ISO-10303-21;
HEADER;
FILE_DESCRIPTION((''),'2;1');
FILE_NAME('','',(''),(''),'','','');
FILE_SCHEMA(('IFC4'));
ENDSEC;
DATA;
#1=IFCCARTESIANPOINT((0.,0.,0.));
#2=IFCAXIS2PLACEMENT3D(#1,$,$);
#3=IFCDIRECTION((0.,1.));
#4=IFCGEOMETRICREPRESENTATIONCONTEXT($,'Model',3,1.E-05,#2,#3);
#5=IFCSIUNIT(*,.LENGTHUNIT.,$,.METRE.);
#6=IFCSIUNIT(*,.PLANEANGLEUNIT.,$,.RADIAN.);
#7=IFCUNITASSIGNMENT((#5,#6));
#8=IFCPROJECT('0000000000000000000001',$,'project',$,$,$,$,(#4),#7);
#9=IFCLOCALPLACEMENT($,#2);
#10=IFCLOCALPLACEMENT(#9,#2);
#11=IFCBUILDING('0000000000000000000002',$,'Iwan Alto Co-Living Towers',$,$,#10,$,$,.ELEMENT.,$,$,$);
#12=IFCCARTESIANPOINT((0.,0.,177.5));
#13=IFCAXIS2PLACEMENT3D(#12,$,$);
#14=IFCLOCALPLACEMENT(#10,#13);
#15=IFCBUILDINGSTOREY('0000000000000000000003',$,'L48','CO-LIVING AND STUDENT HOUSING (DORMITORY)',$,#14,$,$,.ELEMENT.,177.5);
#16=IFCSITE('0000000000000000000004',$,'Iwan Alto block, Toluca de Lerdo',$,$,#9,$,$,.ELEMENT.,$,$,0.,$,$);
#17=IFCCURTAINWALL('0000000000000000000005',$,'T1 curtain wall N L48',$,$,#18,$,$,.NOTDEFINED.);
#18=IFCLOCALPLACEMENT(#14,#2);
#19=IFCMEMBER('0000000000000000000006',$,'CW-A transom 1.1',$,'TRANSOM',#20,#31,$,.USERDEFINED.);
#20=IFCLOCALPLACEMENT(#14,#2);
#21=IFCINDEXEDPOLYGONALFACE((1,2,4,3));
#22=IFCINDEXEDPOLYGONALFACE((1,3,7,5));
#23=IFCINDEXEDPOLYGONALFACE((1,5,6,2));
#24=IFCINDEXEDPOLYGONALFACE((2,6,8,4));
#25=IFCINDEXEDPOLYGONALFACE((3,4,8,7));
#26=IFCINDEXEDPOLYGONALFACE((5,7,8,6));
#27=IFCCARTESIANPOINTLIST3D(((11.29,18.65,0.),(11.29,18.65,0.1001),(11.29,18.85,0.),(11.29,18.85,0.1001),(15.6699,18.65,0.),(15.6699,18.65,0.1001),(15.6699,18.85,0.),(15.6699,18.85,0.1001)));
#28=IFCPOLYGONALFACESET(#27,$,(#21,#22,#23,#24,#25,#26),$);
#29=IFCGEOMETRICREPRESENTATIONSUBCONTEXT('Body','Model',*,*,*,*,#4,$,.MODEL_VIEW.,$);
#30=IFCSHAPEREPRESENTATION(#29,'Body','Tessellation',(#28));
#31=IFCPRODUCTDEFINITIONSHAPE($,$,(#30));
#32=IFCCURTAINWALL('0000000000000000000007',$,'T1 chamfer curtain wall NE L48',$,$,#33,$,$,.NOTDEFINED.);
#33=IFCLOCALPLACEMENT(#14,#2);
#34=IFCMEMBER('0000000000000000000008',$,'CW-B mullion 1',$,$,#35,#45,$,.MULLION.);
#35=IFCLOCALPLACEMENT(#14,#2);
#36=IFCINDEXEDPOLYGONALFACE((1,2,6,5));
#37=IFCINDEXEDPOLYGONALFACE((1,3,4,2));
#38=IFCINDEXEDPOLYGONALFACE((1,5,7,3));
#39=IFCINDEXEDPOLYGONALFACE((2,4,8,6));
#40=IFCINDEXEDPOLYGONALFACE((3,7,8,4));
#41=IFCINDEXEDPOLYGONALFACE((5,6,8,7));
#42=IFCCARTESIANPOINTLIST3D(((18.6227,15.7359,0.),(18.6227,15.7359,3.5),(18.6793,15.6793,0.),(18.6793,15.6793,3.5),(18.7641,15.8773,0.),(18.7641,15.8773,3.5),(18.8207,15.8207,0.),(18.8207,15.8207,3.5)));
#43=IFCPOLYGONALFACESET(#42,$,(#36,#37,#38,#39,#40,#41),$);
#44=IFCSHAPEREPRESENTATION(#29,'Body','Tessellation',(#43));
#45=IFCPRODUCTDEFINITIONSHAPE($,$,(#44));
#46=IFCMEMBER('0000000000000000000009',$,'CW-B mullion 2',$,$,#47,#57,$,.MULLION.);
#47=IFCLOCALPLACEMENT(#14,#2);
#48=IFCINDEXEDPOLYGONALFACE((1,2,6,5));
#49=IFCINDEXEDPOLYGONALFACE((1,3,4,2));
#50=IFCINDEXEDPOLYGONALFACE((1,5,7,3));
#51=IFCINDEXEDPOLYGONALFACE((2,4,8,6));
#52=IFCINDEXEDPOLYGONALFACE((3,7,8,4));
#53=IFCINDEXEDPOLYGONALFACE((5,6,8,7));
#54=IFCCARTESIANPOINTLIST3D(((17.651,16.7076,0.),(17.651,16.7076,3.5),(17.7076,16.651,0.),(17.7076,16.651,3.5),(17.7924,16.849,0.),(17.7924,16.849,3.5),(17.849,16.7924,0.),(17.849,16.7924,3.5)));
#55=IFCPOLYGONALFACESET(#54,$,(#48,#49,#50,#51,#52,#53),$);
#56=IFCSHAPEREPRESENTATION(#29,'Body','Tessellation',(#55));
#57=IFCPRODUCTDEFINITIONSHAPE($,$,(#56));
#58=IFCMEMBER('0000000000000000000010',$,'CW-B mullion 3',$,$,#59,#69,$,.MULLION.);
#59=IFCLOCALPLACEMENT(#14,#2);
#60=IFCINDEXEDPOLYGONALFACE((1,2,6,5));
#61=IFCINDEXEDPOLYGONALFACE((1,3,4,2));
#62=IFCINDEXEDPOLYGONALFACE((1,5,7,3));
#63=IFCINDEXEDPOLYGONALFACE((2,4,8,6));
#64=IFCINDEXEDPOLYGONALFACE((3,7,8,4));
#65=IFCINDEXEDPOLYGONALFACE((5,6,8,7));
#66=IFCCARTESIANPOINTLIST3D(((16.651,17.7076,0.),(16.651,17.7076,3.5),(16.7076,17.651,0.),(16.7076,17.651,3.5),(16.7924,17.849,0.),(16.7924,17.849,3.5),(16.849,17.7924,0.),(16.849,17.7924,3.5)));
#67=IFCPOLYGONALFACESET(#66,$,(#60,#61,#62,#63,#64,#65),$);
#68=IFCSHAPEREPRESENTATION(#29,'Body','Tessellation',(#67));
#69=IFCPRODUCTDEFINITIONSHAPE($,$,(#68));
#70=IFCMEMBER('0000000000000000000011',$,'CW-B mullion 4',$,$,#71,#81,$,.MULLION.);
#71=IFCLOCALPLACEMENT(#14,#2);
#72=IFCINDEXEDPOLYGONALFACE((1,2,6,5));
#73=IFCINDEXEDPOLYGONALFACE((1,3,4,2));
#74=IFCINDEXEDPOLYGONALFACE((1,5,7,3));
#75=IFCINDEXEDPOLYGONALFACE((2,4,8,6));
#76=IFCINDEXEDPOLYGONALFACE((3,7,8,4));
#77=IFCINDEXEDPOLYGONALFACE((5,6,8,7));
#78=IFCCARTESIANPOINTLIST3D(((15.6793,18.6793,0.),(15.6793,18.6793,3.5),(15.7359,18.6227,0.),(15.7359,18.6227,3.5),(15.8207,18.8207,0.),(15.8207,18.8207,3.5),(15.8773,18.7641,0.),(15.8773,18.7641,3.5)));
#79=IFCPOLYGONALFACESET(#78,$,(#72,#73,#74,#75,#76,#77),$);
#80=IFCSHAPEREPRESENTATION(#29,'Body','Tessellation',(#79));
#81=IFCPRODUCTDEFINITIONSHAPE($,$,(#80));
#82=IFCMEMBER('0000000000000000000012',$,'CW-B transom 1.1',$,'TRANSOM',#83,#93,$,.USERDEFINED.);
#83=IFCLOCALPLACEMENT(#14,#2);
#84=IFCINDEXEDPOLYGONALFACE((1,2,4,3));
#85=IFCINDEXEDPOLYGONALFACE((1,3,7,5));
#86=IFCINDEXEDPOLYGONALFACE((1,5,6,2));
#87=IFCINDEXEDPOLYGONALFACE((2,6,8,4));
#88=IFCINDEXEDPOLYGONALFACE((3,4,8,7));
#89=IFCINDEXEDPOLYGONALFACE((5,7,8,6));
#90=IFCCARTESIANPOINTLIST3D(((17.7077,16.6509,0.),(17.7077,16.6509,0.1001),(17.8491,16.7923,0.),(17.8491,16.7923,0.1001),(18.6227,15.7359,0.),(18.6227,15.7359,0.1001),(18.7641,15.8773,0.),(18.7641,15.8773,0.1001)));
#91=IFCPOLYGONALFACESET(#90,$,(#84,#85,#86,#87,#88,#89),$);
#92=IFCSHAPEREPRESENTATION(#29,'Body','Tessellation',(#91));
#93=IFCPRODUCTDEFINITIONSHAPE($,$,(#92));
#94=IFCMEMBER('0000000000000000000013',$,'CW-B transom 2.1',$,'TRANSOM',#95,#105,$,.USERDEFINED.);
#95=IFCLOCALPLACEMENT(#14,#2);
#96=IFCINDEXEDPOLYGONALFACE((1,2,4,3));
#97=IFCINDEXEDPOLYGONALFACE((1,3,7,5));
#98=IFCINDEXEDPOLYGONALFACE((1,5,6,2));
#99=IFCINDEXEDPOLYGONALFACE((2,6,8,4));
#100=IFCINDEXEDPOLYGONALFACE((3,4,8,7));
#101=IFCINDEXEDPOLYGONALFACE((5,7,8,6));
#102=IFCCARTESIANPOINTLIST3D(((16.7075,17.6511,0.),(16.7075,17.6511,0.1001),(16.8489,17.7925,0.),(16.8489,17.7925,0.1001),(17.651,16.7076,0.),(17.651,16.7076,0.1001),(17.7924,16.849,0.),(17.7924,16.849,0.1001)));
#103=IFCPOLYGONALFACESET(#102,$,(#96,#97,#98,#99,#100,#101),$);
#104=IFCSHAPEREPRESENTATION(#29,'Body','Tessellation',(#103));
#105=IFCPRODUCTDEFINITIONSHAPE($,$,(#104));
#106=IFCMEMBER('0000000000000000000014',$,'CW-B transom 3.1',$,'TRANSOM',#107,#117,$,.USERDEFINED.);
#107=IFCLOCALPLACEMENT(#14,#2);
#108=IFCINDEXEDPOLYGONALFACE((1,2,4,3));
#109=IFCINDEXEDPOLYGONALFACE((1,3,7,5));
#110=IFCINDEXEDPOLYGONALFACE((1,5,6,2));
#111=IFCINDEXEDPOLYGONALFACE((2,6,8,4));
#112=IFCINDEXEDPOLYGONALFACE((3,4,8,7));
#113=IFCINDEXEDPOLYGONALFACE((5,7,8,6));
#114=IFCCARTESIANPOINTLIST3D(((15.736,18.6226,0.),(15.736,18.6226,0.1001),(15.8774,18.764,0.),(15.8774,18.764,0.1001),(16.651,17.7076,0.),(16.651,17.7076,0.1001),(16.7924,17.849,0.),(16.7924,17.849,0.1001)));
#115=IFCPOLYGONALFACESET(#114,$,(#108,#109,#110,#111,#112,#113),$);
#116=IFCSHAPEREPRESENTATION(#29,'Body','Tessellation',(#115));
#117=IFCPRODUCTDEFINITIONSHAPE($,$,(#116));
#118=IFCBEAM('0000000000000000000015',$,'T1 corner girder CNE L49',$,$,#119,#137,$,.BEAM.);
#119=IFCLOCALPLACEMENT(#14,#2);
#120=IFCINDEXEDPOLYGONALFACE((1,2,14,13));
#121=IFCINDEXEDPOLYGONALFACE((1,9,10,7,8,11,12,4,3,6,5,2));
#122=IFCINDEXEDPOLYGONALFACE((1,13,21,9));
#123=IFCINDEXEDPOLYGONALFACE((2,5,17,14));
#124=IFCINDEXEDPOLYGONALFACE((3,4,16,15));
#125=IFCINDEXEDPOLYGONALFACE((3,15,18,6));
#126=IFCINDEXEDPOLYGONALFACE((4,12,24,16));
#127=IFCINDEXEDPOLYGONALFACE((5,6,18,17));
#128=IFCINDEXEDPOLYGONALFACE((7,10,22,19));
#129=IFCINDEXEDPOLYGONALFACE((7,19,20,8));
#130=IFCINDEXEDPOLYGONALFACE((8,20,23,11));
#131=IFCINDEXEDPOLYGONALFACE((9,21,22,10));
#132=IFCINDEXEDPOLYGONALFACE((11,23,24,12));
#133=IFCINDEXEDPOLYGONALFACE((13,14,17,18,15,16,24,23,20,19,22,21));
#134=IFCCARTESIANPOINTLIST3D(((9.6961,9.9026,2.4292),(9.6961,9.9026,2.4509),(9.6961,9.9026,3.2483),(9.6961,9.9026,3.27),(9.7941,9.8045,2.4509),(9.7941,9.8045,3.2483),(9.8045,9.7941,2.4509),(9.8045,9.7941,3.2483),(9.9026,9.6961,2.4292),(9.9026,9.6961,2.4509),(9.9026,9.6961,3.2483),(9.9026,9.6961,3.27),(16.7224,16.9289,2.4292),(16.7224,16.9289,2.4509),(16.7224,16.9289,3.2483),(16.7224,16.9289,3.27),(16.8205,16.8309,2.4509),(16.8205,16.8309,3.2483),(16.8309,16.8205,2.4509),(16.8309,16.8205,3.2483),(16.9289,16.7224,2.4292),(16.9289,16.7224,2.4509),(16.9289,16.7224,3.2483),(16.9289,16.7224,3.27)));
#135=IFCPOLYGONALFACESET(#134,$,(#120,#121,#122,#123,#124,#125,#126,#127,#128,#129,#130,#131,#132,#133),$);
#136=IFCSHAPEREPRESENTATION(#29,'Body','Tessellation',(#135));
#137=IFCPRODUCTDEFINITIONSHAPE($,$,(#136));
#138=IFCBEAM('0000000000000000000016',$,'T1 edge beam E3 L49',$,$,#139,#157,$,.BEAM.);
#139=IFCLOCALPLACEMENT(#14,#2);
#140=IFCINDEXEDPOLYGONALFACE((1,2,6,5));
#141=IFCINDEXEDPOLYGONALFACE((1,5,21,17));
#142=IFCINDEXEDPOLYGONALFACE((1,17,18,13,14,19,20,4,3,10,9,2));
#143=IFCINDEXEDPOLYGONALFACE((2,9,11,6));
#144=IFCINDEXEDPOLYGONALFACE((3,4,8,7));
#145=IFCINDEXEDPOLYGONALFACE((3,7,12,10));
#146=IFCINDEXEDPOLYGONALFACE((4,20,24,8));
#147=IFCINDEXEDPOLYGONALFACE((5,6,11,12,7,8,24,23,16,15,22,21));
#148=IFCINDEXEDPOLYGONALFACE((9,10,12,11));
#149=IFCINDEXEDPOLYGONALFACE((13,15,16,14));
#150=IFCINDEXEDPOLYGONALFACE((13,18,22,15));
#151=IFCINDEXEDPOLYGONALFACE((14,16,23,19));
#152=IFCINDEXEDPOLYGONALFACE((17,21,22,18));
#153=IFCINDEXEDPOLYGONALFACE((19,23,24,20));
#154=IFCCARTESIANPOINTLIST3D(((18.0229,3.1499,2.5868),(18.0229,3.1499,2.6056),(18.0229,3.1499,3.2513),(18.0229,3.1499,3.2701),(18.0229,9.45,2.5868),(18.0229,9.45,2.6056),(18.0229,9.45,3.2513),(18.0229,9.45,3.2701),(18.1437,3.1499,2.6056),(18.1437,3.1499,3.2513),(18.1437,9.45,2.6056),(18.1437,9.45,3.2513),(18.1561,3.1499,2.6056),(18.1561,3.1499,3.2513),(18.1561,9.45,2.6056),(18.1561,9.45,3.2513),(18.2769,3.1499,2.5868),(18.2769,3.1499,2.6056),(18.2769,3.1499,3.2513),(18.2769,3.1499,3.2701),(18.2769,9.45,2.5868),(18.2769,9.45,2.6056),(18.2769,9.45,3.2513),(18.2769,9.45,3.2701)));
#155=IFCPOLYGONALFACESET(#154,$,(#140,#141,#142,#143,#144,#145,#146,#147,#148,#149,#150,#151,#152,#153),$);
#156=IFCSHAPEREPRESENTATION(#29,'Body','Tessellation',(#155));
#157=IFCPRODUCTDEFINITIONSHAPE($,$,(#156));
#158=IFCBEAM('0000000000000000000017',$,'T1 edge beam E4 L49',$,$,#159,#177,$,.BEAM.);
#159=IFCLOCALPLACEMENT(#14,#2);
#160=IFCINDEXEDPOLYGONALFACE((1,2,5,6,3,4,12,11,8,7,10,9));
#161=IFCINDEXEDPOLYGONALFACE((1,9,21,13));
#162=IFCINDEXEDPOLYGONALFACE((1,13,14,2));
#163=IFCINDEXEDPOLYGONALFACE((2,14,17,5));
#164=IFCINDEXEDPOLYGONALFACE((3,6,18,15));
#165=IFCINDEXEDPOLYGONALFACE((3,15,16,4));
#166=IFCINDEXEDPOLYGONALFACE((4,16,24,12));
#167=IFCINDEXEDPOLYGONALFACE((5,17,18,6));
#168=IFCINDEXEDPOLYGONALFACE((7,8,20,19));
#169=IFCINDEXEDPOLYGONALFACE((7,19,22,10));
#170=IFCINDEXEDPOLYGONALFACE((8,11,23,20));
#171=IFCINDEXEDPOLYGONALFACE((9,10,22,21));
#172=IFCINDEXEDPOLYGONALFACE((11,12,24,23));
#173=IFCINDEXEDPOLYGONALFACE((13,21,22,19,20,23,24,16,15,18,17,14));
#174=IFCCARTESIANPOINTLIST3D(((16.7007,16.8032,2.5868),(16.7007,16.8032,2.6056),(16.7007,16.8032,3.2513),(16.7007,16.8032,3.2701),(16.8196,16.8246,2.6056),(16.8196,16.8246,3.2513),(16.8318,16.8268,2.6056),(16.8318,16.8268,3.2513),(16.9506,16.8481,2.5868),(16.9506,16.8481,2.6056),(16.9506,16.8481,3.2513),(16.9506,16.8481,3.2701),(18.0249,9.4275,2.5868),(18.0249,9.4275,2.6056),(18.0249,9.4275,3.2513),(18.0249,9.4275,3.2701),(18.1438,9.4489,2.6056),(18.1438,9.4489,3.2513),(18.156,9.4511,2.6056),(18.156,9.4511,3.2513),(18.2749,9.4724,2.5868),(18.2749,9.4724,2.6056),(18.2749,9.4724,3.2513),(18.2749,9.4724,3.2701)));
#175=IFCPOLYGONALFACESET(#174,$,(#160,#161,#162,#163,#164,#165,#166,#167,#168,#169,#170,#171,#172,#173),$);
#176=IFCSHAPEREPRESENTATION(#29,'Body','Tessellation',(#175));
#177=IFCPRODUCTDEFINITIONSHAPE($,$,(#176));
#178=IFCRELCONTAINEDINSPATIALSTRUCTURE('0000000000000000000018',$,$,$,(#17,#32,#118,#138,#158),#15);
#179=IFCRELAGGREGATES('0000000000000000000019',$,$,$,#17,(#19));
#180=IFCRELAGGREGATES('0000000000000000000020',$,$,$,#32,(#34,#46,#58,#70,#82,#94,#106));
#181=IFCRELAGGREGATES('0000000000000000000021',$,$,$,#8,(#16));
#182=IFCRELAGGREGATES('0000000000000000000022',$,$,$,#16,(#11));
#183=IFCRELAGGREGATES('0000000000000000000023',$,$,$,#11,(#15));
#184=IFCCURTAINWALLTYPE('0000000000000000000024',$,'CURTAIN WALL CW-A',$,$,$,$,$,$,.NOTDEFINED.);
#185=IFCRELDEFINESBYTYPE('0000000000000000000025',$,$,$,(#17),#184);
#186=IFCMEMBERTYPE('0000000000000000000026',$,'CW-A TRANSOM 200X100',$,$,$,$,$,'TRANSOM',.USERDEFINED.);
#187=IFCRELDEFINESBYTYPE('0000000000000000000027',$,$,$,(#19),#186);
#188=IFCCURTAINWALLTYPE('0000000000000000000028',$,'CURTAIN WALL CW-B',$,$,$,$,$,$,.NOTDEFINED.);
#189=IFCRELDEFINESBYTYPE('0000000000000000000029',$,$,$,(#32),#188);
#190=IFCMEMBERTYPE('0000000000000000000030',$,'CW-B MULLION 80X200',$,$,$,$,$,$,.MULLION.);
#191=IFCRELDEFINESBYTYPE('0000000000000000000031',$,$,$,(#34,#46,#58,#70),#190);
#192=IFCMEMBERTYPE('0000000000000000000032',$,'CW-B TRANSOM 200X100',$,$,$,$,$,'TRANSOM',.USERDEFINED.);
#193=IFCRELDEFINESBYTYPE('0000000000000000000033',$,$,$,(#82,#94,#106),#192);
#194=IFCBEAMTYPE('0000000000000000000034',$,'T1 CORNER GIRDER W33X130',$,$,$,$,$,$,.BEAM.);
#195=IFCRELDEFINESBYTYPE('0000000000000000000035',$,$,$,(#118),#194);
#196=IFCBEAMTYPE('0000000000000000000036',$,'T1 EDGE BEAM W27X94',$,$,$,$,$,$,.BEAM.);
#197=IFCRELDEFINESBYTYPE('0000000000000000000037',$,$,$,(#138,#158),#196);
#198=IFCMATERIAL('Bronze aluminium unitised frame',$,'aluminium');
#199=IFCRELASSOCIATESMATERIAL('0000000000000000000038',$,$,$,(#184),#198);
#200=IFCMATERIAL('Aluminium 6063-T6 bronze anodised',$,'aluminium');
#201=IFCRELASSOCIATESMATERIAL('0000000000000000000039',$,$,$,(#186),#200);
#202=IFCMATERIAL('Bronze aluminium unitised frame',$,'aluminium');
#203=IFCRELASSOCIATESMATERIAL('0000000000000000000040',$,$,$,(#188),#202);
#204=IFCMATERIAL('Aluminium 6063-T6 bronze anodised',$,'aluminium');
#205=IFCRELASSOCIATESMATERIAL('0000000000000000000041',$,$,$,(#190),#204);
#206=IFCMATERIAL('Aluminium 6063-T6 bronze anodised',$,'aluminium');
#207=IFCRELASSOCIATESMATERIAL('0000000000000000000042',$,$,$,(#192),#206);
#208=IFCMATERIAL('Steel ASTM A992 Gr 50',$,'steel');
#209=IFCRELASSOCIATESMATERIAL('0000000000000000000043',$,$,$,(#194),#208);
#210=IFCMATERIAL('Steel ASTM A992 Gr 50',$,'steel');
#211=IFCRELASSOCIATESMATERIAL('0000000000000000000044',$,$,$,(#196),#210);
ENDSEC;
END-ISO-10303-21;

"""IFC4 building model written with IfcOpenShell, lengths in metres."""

from ifc_helpers import new_model, si_unit, direction, frame, origin, origin_2d, place, context, subcontext, project, spatial, rectangle, i_section, extrude, material, material_profile, profile_set, type_object, element, aggregate, save


model = new_model("IFC4")

# Units and contexts
model_context = context("Model", 3, precision=1e-05, world=origin(), true_north=direction((0.0, 1.0)))
body_context = subcontext(model_context, "Body", "Model", "MODEL_VIEW")
ifc_project = project(units=[si_unit("LENGTHUNIT", "METRE"), si_unit("PLANEANGLEUNIT", "RADIAN")], contexts=[model_context])

# Site, building, storey
site_placement = place(None, origin())
site = spatial("IfcSite", under=ifc_project, at=site_placement, Name="Iwan Alto block, Toluca de Lerdo", CompositionType="ELEMENT", RefElevation=0.0)
building_placement = place(site_placement, origin())
building = spatial("IfcBuilding", under=site, at=building_placement, Name="Iwan Alto Co-Living Towers", CompositionType="ELEMENT")
storey_placement = place(building_placement, frame((0.0, 0.0, 177.5)))
storey = spatial("IfcBuildingStorey", under=building, at=storey_placement, Name="L48", Description="CO-LIVING AND STUDENT HOUSING (DORMITORY)", CompositionType="ELEMENT", Elevation=177.5)

# Shared definitions
ifc_material_1 = material(Name="Bronze aluminium unitised frame", Category="aluminium")
curtain_wall_type_1 = type_object("IfcCurtainWallType", Name="CURTAIN WALL CW-A", PredefinedType="NOTDEFINED", material=ifc_material_1)

# Curtain wall
curtain_wall_1_placement = place(storey_placement, origin())
curtain_wall_1 = element("IfcCurtainWall", 1, at=curtain_wall_1_placement, inside=storey, type_object=curtain_wall_type_1, Name="T1 curtain wall N L48", PredefinedType="NOTDEFINED")

# Member
ifc_material_2 = material(Name="Aluminium 6063-T6 bronze anodised", Category="aluminium")
ifc_material_profile_1 = material_profile(ifc_material_2, rectangle(XDim=0.2, YDim=0.1001, at=origin_2d()), Name="AL 200X100")
ifc_profile_set_1 = profile_set([ifc_material_profile_1], Name="Aluminium 6063-T6 bronze anodised")
member_type_1 = type_object("IfcMemberType", Name="CW-A TRANSOM 200X100", ElementType="TRANSOM", PredefinedType="USERDEFINED", material=ifc_profile_set_1)
member_1_placement = place(storey_placement, frame((15.6699, 18.75, 0.05), z_axis=(-1.0, 0.0, 0.0), x_axis=(0.0, -1.0, 0.0)))
member_1 = element("IfcMember", 2, at=member_1_placement, type_object=member_type_1, Name="CW-A transom 1.1", ObjectType="TRANSOM", PredefinedType="USERDEFINED", context=body_context, shape_type="SweptSolid", body=[
    extrude(rectangle(XDim=0.2, YDim=0.1001, at=origin_2d()), origin(), (0.0, 0.0, 1.0), 4.3799),
])

# Curtain wall, members
ifc_material_3 = material(Name="Bronze aluminium unitised frame", Category="aluminium")
curtain_wall_type_2 = type_object("IfcCurtainWallType", Name="CURTAIN WALL CW-B", PredefinedType="NOTDEFINED", material=ifc_material_3)
curtain_wall_2_placement = place(storey_placement, origin())
curtain_wall_2 = element("IfcCurtainWall", 3, at=curtain_wall_2_placement, inside=storey, type_object=curtain_wall_type_2, Name="T1 chamfer curtain wall NE L48", PredefinedType="NOTDEFINED")
ifc_material_4 = material(Name="Aluminium 6063-T6 bronze anodised", Category="aluminium")
ifc_material_profile_2 = material_profile(ifc_material_4, rectangle(XDim=0.2, YDim=0.0801, at=origin_2d()), Name="AL 80X200")
ifc_profile_set_2 = profile_set([ifc_material_profile_2], Name="Aluminium 6063-T6 bronze anodised")
member_type_2 = type_object("IfcMemberType", Name="CW-B MULLION 80X200", PredefinedType="MULLION", material=ifc_profile_set_2)
member_2_placement = place(storey_placement, frame((18.7217, 15.7783, 0.0), z_axis=(0.0, 0.0, 1.0), x_axis=(-0.707107, -0.707107, 0.0)))
member_2 = element("IfcMember", 4, at=member_2_placement, type_object=member_type_2, Name="CW-B mullion 1", PredefinedType="MULLION", context=body_context, shape_type="SweptSolid", body=[
    extrude(rectangle(XDim=0.2, YDim=0.0801, at=origin_2d()), origin(), (0.0, 0.0, 1.0), 3.5),
])
member_3_placement = place(storey_placement, frame((17.75, 16.75, 0.0), z_axis=(0.0, 0.0, 1.0), x_axis=(-0.707107, -0.707107, 0.0)))
member_3 = element("IfcMember", 5, at=member_3_placement, type_object=member_type_2, Name="CW-B mullion 2", PredefinedType="MULLION", context=body_context, shape_type="SweptSolid", body=[
    extrude(rectangle(XDim=0.2, YDim=0.0801, at=origin_2d()), origin(), (0.0, 0.0, 1.0), 3.5),
])
member_4_placement = place(storey_placement, frame((16.75, 17.75, 0.0), z_axis=(0.0, 0.0, 1.0), x_axis=(-0.707107, -0.707107, 0.0)))
member_4 = element("IfcMember", 6, at=member_4_placement, type_object=member_type_2, Name="CW-B mullion 3", PredefinedType="MULLION", context=body_context, shape_type="SweptSolid", body=[
    extrude(rectangle(XDim=0.2, YDim=0.0801, at=origin_2d()), origin(), (0.0, 0.0, 1.0), 3.5),
])
member_5_placement = place(storey_placement, frame((15.7783, 18.7217, 0.0), z_axis=(0.0, 0.0, 1.0), x_axis=(-0.707107, -0.707107, 0.0)))
member_5 = element("IfcMember", 7, at=member_5_placement, type_object=member_type_2, Name="CW-B mullion 4", PredefinedType="MULLION", context=body_context, shape_type="SweptSolid", body=[
    extrude(rectangle(XDim=0.2, YDim=0.0801, at=origin_2d()), origin(), (0.0, 0.0, 1.0), 3.5),
])
ifc_material_5 = material(Name="Aluminium 6063-T6 bronze anodised", Category="aluminium")
ifc_material_profile_3 = material_profile(ifc_material_5, rectangle(XDim=0.2, YDim=0.1001, at=origin_2d()), Name="AL 200X100")
ifc_profile_set_3 = profile_set([ifc_material_profile_3], Name="Aluminium 6063-T6 bronze anodised")
member_type_3 = type_object("IfcMemberType", Name="CW-B TRANSOM 200X100", ElementType="TRANSOM", PredefinedType="USERDEFINED", material=ifc_profile_set_3)
member_6_placement = place(storey_placement, frame((18.6934, 15.8066, 0.05), z_axis=(-0.707107, 0.707107, 0.0), x_axis=(-0.707107, -0.707107, 0.0)))
member_6 = element("IfcMember", 8, at=member_6_placement, type_object=member_type_3, Name="CW-B transom 1.1", ObjectType="TRANSOM", PredefinedType="USERDEFINED", context=body_context, shape_type="SweptSolid", body=[
    extrude(rectangle(XDim=0.2, YDim=0.1001, at=origin_2d()), origin(), (0.0, 0.0, 1.0), 1.2939),
])
member_7_placement = place(storey_placement, frame((17.7217, 16.7783, 0.05), z_axis=(-0.707107, 0.707107, 0.0), x_axis=(-0.707107, -0.707107, 0.0)))
member_7 = element("IfcMember", 9, at=member_7_placement, type_object=member_type_3, Name="CW-B transom 2.1", ObjectType="TRANSOM", PredefinedType="USERDEFINED", context=body_context, shape_type="SweptSolid", body=[
    extrude(rectangle(XDim=0.2, YDim=0.1001, at=origin_2d()), origin(), (0.0, 0.0, 1.0), 1.3342),
])
member_8_placement = place(storey_placement, frame((16.7217, 17.7783, 0.05), z_axis=(-0.707107, 0.707107, 0.0), x_axis=(-0.707107, -0.707107, 0.0)))
member_8 = element("IfcMember", 10, at=member_8_placement, type_object=member_type_3, Name="CW-B transom 3.1", ObjectType="TRANSOM", PredefinedType="USERDEFINED", context=body_context, shape_type="SweptSolid", body=[
    extrude(rectangle(XDim=0.2, YDim=0.1001, at=origin_2d()), origin(), (0.0, 0.0, 1.0), 1.2939),
])

# Beams
ifc_material_6 = material(Name="Steel ASTM A992 Gr 50", Category="steel")
ifc_material_profile_4 = material_profile(ifc_material_6, i_section(OverallWidth=0.292, OverallDepth=0.8408, WebThickness=0.0146, FlangeThickness=0.0217, at=origin_2d()), Name="W33X130")
ifc_profile_set_4 = profile_set([ifc_material_profile_4], Name="Steel ASTM A992 Gr 50")
beam_type_1 = type_object("IfcBeamType", Name="T1 CORNER GIRDER W33X130", PredefinedType="BEAM", material=ifc_profile_set_4)
beam_1_placement = place(storey_placement, frame((16.8257, 16.8257, 2.8496), z_axis=(-0.707107, -0.707107, 0.0), x_axis=(0.707107, -0.707107, 0.0)))
element("IfcBeam", 11, at=beam_1_placement, inside=storey, type_object=beam_type_1, Name="T1 corner girder CNE L49", PredefinedType="BEAM", context=body_context, shape_type="SweptSolid", body=[
    extrude(i_section(OverallWidth=0.292, OverallDepth=0.8408, WebThickness=0.0146, FlangeThickness=0.0217, at=origin_2d()), origin(), (0.0, 0.0, 1.0), 9.9368),
])
ifc_material_7 = material(Name="Steel ASTM A992 Gr 50", Category="steel")
ifc_material_profile_5 = material_profile(ifc_material_7, i_section(OverallWidth=0.2539, OverallDepth=0.6833, WebThickness=0.0125, FlangeThickness=0.0188, at=origin_2d()), Name="W27X94")
ifc_profile_set_5 = profile_set([ifc_material_profile_5], Name="Steel ASTM A992 Gr 50")
beam_type_2 = type_object("IfcBeamType", Name="T1 EDGE BEAM W27X94", PredefinedType="BEAM", material=ifc_profile_set_5)
beam_2_placement = place(storey_placement, frame((18.1499, 3.1499, 2.9285), z_axis=(0.0, 1.0, 0.0), x_axis=(-1.0, 0.0, 0.0)))
element("IfcBeam", 12, at=beam_2_placement, inside=storey, type_object=beam_type_2, Name="T1 edge beam E3 L49", PredefinedType="BEAM", context=body_context, shape_type="SweptSolid", body=[
    extrude(i_section(OverallWidth=0.2539, OverallDepth=0.6833, WebThickness=0.0125, FlangeThickness=0.0188, at=origin_2d()), origin(), (0.0, 0.0, 1.0), 6.3),
])
for number, where, z_axis, x_axis, name in (
    (13, (18.1499, 9.45, 2.9285), (-0.176712, 0.984263, 0.0), (-0.984263, -0.176712, 0.0), "T1 edge beam E4 L49"),
):
    element("IfcBeam", number, at=place(storey_placement, frame(where, z_axis=z_axis, x_axis=x_axis)), inside=storey, type_object=beam_type_2, Name=name, PredefinedType="BEAM", context=body_context, shape_type="SweptSolid", body=[
        extrude(i_section(OverallWidth=0.2539, OverallDepth=0.6833, WebThickness=0.0125, FlangeThickness=0.0188, at=origin_2d()), origin(), (0.0, 0.0, 1.0), 7.4937),
    ])

aggregate(curtain_wall_1, [member_1])
aggregate(curtain_wall_2, [member_2, member_3, member_4, member_5, member_6, member_7, member_8])

save(model, "model.ifc")
